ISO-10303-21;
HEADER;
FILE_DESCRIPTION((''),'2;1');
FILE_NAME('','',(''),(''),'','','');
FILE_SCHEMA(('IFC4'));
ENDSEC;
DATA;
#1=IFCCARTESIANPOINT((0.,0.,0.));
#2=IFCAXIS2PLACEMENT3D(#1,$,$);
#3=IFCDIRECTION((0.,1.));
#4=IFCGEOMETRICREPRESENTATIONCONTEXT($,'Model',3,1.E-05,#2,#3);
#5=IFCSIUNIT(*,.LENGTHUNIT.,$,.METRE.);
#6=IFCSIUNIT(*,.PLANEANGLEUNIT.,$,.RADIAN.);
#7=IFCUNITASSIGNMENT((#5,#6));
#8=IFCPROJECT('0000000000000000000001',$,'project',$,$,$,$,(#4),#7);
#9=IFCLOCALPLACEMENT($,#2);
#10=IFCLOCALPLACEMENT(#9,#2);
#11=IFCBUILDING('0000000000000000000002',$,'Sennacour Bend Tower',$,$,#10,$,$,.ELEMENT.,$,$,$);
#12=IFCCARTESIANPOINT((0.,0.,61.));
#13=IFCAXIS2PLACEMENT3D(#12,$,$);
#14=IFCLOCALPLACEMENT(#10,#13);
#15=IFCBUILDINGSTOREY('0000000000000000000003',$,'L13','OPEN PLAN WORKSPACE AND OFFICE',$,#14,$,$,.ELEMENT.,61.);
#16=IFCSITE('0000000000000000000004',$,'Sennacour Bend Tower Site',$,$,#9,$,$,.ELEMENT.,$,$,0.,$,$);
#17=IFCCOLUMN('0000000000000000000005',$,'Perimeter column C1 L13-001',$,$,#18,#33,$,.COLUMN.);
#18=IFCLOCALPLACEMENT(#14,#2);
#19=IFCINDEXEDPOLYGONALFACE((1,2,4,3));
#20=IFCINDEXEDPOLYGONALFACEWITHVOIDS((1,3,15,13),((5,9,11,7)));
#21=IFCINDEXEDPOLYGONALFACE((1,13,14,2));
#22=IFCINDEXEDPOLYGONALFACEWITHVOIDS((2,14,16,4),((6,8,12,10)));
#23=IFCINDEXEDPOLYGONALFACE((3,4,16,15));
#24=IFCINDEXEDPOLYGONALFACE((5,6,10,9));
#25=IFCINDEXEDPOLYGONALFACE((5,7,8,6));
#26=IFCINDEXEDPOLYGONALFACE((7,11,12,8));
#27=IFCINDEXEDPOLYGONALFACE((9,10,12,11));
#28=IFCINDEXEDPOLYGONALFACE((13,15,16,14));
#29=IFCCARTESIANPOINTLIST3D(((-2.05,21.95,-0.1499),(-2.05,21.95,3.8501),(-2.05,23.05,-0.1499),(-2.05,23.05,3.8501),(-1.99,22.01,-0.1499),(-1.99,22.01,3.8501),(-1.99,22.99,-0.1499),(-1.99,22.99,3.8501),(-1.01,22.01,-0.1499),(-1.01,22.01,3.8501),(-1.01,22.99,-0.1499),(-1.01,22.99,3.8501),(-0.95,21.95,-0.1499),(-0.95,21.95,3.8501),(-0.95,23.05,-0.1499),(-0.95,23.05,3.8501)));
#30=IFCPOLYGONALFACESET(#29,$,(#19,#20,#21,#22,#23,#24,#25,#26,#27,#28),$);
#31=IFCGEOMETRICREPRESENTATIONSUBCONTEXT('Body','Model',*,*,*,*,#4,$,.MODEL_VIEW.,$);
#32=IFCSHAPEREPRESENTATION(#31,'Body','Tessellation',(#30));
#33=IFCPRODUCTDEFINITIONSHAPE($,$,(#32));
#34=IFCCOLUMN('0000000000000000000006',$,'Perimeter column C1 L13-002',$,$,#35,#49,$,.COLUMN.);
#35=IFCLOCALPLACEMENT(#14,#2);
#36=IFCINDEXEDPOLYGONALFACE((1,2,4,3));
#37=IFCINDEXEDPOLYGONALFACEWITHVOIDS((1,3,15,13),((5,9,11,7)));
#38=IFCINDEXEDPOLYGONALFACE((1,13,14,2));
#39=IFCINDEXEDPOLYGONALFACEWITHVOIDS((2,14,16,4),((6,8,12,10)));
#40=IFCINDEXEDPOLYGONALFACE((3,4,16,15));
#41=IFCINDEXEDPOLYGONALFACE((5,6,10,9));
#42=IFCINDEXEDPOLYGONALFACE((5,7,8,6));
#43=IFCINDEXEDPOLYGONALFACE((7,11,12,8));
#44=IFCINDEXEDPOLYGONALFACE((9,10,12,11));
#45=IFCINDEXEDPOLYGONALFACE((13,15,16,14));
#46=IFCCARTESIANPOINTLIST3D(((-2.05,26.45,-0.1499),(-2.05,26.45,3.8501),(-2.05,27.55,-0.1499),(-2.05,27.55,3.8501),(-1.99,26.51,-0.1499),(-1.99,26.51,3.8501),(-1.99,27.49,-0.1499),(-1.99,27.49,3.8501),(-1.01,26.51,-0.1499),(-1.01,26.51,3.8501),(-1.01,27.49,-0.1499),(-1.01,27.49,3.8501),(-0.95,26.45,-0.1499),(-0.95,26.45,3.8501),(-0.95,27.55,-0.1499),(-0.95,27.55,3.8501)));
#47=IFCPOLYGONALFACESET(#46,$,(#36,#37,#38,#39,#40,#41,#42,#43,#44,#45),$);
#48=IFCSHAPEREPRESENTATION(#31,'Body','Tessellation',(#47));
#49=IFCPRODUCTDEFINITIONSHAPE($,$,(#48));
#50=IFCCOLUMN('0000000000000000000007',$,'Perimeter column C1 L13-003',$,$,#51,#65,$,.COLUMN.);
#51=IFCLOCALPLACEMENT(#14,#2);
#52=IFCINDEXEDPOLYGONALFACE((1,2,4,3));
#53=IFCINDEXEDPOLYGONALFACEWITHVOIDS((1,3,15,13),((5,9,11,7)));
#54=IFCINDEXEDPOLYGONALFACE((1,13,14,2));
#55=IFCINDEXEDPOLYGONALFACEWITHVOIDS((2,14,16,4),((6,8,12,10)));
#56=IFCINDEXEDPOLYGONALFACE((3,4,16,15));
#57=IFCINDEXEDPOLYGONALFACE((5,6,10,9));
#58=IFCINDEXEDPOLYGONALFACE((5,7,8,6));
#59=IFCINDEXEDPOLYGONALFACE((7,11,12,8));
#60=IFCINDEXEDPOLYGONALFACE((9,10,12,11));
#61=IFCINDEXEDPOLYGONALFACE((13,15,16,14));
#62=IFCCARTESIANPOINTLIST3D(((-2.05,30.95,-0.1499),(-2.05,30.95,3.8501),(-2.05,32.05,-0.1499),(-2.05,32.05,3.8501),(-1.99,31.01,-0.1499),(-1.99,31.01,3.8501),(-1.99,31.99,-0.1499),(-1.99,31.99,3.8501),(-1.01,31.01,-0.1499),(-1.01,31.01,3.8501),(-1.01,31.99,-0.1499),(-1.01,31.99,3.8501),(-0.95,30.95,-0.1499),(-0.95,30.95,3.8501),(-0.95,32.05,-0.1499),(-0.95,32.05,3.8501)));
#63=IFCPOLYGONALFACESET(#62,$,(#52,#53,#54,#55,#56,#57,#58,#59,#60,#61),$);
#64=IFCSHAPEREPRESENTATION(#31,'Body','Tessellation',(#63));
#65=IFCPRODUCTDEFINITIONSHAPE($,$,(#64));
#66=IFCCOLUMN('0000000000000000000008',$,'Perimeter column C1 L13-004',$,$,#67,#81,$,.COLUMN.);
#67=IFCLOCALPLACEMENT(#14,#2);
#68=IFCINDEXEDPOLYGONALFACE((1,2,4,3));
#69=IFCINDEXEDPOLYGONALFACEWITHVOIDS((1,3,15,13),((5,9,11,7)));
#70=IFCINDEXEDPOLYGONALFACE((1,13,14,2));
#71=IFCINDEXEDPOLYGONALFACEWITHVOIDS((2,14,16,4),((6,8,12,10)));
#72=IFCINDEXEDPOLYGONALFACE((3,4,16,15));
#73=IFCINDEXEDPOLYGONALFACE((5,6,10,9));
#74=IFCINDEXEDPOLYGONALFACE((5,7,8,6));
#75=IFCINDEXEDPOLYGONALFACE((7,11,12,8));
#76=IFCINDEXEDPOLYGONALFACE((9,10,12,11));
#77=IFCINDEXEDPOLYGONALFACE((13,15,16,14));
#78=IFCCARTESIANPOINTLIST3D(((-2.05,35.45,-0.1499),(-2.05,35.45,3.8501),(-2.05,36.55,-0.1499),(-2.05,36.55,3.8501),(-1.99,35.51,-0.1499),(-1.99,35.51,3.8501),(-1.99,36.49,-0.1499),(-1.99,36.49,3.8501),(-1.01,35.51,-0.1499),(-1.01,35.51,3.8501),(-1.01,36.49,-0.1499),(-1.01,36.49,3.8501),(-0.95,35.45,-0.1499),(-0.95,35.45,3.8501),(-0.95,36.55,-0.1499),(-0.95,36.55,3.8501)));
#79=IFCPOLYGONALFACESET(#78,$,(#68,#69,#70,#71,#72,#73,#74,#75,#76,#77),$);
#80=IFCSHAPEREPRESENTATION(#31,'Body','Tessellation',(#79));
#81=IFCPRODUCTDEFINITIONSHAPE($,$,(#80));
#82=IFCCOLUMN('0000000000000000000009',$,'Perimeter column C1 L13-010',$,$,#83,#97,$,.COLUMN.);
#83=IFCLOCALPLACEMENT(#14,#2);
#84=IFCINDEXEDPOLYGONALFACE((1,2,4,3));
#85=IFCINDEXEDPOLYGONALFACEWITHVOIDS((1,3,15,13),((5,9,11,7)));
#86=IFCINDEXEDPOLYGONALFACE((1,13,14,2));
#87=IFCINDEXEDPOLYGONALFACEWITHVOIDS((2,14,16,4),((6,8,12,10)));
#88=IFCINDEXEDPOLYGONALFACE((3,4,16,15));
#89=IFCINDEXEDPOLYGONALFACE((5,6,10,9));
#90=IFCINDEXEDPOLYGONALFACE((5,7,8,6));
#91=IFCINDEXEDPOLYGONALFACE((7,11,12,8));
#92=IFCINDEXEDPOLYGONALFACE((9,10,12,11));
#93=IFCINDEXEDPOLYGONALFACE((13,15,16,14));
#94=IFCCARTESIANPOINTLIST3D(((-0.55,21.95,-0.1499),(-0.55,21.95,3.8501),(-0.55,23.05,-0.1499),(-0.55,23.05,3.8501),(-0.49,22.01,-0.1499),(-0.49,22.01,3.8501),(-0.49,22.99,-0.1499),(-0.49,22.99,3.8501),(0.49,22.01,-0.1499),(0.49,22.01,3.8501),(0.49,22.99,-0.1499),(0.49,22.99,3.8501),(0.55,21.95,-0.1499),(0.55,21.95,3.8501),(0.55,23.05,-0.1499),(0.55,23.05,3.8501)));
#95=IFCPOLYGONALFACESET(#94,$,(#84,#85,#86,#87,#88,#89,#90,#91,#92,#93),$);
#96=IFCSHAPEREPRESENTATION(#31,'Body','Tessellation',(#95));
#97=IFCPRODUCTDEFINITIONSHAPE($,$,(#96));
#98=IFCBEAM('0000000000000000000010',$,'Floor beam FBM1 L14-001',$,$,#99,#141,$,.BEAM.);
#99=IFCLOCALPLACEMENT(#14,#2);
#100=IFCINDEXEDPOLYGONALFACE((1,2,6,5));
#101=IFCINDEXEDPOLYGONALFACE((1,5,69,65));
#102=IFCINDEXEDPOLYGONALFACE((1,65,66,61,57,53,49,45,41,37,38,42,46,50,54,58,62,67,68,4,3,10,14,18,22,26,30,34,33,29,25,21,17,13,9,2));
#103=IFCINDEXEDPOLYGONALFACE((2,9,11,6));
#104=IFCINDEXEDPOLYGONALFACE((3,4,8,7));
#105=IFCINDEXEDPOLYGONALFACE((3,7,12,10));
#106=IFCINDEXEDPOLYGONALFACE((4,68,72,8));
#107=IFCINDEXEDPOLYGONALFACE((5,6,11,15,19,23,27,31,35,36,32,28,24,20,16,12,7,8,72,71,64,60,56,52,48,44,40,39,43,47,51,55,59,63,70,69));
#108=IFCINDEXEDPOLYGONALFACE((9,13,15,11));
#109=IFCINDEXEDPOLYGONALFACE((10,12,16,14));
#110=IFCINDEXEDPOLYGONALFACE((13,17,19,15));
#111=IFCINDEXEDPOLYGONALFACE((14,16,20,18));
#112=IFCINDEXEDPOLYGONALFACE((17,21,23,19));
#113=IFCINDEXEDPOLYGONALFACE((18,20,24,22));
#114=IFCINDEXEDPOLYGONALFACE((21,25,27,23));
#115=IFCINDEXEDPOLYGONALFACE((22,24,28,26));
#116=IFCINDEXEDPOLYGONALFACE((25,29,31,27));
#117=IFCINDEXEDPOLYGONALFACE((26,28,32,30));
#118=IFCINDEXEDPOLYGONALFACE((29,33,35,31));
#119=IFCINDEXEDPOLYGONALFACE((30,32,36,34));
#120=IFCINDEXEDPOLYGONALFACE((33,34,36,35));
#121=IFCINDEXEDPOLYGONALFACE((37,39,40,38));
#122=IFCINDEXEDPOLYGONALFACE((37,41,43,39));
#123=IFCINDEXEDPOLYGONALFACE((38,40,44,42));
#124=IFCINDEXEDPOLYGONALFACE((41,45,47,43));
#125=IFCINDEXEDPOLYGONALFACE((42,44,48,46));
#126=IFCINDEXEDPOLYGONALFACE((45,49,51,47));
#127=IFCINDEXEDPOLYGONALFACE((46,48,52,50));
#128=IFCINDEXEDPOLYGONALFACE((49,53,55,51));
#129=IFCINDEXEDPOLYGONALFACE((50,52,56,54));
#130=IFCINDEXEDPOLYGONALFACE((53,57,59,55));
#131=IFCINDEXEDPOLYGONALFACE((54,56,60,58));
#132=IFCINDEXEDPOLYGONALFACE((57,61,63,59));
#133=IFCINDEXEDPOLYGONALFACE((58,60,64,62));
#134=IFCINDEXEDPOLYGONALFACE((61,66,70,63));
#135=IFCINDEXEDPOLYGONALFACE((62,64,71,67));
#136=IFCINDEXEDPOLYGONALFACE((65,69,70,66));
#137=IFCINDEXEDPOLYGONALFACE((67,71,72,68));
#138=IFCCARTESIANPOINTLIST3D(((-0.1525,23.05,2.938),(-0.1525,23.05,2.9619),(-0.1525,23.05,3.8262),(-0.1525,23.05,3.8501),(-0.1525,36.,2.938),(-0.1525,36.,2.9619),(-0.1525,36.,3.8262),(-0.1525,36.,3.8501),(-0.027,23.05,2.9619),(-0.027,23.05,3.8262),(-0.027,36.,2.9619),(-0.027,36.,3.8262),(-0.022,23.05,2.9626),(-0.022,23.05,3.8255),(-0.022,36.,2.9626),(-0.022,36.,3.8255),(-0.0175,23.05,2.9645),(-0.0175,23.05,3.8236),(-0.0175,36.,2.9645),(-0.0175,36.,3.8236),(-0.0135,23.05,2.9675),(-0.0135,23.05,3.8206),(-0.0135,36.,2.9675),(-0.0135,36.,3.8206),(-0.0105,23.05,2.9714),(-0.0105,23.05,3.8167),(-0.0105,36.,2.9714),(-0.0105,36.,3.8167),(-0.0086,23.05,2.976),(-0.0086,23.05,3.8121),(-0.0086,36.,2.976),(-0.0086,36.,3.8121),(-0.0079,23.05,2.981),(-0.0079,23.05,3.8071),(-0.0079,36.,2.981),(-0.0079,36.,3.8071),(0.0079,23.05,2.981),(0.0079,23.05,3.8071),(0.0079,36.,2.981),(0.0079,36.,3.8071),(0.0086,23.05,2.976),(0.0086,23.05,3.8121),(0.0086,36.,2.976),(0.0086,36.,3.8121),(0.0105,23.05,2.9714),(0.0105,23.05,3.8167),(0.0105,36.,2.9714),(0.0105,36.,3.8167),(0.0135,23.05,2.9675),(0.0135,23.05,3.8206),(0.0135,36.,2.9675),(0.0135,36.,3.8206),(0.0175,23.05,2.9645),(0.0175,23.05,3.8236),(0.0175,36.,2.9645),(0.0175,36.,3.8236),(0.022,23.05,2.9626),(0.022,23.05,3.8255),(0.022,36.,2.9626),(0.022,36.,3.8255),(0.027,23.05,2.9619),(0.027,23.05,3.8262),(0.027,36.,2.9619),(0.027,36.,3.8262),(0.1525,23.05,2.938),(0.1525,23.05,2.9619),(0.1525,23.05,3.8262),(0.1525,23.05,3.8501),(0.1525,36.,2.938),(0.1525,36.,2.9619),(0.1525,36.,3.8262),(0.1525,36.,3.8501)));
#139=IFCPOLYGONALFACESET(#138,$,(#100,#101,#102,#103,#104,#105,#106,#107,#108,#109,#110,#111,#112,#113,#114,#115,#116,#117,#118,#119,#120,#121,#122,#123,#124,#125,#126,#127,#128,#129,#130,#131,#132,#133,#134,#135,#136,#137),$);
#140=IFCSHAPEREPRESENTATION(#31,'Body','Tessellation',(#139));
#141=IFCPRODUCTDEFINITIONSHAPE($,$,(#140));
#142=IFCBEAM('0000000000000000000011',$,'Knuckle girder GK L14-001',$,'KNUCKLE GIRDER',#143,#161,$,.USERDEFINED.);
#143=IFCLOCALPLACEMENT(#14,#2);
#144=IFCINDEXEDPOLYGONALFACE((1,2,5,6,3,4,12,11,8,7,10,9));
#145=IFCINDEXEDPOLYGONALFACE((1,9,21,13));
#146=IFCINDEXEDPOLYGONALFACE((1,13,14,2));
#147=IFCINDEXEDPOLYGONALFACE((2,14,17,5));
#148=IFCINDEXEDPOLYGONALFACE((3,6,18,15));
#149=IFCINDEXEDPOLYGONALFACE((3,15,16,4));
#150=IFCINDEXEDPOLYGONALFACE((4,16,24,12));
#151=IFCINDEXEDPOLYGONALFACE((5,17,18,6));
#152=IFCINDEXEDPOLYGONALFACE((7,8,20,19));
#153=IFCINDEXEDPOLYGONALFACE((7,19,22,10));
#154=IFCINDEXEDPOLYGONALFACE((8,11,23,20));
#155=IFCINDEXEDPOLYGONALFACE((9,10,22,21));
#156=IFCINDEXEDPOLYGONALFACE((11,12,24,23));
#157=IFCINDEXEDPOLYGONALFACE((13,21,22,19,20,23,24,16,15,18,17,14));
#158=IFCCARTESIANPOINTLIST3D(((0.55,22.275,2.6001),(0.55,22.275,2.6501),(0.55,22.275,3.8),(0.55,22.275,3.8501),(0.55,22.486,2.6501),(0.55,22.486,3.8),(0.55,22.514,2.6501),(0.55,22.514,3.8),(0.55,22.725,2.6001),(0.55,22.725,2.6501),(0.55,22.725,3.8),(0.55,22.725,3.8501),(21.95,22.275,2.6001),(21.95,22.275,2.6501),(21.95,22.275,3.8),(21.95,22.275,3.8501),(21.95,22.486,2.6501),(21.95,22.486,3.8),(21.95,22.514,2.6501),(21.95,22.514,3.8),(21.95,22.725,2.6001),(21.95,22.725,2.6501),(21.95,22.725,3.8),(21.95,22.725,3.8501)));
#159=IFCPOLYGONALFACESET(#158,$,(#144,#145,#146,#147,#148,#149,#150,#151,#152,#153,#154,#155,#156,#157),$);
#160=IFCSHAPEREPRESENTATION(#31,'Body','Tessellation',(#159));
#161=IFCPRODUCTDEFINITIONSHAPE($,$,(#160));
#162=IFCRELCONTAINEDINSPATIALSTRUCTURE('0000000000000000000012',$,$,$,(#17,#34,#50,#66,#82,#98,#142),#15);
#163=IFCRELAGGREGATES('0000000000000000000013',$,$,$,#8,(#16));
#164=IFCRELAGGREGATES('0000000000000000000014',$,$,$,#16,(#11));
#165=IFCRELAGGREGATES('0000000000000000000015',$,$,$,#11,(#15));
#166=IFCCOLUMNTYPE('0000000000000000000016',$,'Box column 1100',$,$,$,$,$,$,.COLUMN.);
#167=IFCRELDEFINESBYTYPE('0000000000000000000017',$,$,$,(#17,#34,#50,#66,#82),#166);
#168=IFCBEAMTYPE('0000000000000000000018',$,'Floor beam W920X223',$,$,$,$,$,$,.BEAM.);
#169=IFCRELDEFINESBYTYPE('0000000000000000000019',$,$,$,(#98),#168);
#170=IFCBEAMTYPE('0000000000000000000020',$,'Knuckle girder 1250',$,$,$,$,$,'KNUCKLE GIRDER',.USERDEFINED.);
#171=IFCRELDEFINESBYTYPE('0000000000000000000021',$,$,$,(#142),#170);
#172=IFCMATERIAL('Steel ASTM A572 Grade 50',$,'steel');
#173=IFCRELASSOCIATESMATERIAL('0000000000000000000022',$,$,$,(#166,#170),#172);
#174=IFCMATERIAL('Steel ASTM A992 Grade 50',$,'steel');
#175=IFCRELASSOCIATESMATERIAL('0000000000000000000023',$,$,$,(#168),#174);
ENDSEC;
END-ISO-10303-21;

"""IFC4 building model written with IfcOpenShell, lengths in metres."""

from ifc_helpers import new_model, si_unit, direction, frame, origin, origin_2d, place, context, subcontext, project, spatial, hollow_rectangle, i_section, extrude, material, material_profile, profile_set, type_object, element, save


model = new_model("IFC4")

# Units and contexts
model_context = context("Model", 3, precision=1e-05, world=origin(), true_north=direction((0.0, 1.0)))
body_context = subcontext(model_context, "Body", "Model", "MODEL_VIEW")
ifc_project = project(units=[si_unit("LENGTHUNIT", "METRE"), si_unit("PLANEANGLEUNIT", "RADIAN")], contexts=[model_context])

# Site, building, storey
site_placement = place(None, origin())
site = spatial("IfcSite", under=ifc_project, at=site_placement, Name="Sennacour Bend Tower Site", CompositionType="ELEMENT", RefElevation=0.0)
building_placement = place(site_placement, origin())
building = spatial("IfcBuilding", under=site, at=building_placement, Name="Sennacour Bend Tower", CompositionType="ELEMENT")
storey_placement = place(building_placement, frame((0.0, 0.0, 61.0)))
storey = spatial("IfcBuildingStorey", under=building, at=storey_placement, Name="L13", Description="OPEN PLAN WORKSPACE AND OFFICE", CompositionType="ELEMENT", Elevation=61.0)

# Columns
ifc_material_1 = material(Name="Steel ASTM A572 Grade 50", Category="steel")
ifc_material_profile_1 = material_profile(ifc_material_1, hollow_rectangle(XDim=1.1001, YDim=1.1001, WallThickness=0.0601, at=origin_2d()), Name="Steel ASTM A572 Grade 50", Category="steel")
ifc_profile_set_1 = profile_set([ifc_material_profile_1], Name="Steel ASTM A572 Grade 50")
column_type = type_object("IfcColumnType", Name="Box column 1100", PredefinedType="COLUMN", material=ifc_profile_set_1)
for number, where, z_axis, x_axis, name in (
    (1, (-1.5, 22.5, -0.1499), (0.0, 0.0, 1.0), (1.0, 0.0, 0.0), "Perimeter column C1 L13-001"),
    (2, (-1.5, 27.0, -0.1499), (0.0, 0.0, 1.0), (1.0, 0.0, 0.0), "Perimeter column C1 L13-002"),
    (3, (-1.5, 31.5, -0.1499), (0.0, 0.0, 1.0), (1.0, 0.0, 0.0), "Perimeter column C1 L13-003"),
    (4, (-1.5, 36.0, -0.1499), (0.0, 0.0, 1.0), (1.0, 0.0, 0.0), "Perimeter column C1 L13-004"),
    (5, (0.0, 22.5, -0.1499), (0.0, 0.0, 1.0), (1.0, 0.0, 0.0), "Perimeter column C1 L13-010"),
):
    element("IfcColumn", number, at=place(storey_placement, frame(where, z_axis=z_axis, x_axis=x_axis)), inside=storey, type_object=column_type, Name=name, PredefinedType="COLUMN", context=body_context, shape_type="SweptSolid", body=[
        extrude(hollow_rectangle(XDim=1.1001, YDim=1.1001, WallThickness=0.0601, at=origin_2d()), origin(), (0.0, 0.0, 1.0), 4.0),
    ])

# Beams
ifc_material_2 = material(Name="Steel ASTM A992 Grade 50", Category="steel")
ifc_material_profile_2 = material_profile(ifc_material_2, i_section(OverallWidth=0.3049, OverallDepth=0.9121, WebThickness=0.0159, FlangeThickness=0.0239, FilletRadius=0.019, at=origin_2d()), Name="Steel ASTM A992 Grade 50", Category="steel")
ifc_profile_set_2 = profile_set([ifc_material_profile_2], Name="Steel ASTM A992 Grade 50")
beam_type_1 = type_object("IfcBeamType", Name="Floor beam W920X223", PredefinedType="BEAM", material=ifc_profile_set_2)
beam_1_placement = place(storey_placement, frame((0.0, 23.05, 3.394), z_axis=(0.0, 1.0, 0.0), x_axis=(-1.0, 0.0, 0.0)))
element("IfcBeam", 6, at=beam_1_placement, inside=storey, type_object=beam_type_1, Name="Floor beam FBM1 L14-001", PredefinedType="BEAM", context=body_context, shape_type="SweptSolid", body=[
    extrude(i_section(OverallWidth=0.3049, OverallDepth=0.9121, WebThickness=0.0159, FlangeThickness=0.0239, FilletRadius=0.019, at=origin_2d()), origin(), (0.0, 0.0, 1.0), 12.95),
])
ifc_material_profile_3 = material_profile(ifc_material_1, i_section(OverallWidth=0.45, OverallDepth=1.25, WebThickness=0.0281, FlangeThickness=0.05, at=origin_2d()), Name="Steel ASTM A572 Grade 50", Category="steel")
ifc_profile_set_3 = profile_set([ifc_material_profile_3], Name="Steel ASTM A572 Grade 50")
beam_type_2 = type_object("IfcBeamType", Name="Knuckle girder 1250", ElementType="KNUCKLE GIRDER", PredefinedType="USERDEFINED", material=ifc_profile_set_3)
beam_2_placement = place(storey_placement, frame((0.55, 22.5, 3.2251), z_axis=(1.0, 0.0, 0.0), x_axis=(0.0, 1.0, 0.0)))
element("IfcBeam", 7, at=beam_2_placement, inside=storey, type_object=beam_type_2, Name="Knuckle girder GK L14-001", ObjectType="KNUCKLE GIRDER", PredefinedType="USERDEFINED", context=body_context, shape_type="SweptSolid", body=[
    extrude(i_section(OverallWidth=0.45, OverallDepth=1.25, WebThickness=0.0281, FlangeThickness=0.05, at=origin_2d()), origin(), (0.0, 0.0, 1.0), 21.3999),
])

save(model, "model.ifc")
